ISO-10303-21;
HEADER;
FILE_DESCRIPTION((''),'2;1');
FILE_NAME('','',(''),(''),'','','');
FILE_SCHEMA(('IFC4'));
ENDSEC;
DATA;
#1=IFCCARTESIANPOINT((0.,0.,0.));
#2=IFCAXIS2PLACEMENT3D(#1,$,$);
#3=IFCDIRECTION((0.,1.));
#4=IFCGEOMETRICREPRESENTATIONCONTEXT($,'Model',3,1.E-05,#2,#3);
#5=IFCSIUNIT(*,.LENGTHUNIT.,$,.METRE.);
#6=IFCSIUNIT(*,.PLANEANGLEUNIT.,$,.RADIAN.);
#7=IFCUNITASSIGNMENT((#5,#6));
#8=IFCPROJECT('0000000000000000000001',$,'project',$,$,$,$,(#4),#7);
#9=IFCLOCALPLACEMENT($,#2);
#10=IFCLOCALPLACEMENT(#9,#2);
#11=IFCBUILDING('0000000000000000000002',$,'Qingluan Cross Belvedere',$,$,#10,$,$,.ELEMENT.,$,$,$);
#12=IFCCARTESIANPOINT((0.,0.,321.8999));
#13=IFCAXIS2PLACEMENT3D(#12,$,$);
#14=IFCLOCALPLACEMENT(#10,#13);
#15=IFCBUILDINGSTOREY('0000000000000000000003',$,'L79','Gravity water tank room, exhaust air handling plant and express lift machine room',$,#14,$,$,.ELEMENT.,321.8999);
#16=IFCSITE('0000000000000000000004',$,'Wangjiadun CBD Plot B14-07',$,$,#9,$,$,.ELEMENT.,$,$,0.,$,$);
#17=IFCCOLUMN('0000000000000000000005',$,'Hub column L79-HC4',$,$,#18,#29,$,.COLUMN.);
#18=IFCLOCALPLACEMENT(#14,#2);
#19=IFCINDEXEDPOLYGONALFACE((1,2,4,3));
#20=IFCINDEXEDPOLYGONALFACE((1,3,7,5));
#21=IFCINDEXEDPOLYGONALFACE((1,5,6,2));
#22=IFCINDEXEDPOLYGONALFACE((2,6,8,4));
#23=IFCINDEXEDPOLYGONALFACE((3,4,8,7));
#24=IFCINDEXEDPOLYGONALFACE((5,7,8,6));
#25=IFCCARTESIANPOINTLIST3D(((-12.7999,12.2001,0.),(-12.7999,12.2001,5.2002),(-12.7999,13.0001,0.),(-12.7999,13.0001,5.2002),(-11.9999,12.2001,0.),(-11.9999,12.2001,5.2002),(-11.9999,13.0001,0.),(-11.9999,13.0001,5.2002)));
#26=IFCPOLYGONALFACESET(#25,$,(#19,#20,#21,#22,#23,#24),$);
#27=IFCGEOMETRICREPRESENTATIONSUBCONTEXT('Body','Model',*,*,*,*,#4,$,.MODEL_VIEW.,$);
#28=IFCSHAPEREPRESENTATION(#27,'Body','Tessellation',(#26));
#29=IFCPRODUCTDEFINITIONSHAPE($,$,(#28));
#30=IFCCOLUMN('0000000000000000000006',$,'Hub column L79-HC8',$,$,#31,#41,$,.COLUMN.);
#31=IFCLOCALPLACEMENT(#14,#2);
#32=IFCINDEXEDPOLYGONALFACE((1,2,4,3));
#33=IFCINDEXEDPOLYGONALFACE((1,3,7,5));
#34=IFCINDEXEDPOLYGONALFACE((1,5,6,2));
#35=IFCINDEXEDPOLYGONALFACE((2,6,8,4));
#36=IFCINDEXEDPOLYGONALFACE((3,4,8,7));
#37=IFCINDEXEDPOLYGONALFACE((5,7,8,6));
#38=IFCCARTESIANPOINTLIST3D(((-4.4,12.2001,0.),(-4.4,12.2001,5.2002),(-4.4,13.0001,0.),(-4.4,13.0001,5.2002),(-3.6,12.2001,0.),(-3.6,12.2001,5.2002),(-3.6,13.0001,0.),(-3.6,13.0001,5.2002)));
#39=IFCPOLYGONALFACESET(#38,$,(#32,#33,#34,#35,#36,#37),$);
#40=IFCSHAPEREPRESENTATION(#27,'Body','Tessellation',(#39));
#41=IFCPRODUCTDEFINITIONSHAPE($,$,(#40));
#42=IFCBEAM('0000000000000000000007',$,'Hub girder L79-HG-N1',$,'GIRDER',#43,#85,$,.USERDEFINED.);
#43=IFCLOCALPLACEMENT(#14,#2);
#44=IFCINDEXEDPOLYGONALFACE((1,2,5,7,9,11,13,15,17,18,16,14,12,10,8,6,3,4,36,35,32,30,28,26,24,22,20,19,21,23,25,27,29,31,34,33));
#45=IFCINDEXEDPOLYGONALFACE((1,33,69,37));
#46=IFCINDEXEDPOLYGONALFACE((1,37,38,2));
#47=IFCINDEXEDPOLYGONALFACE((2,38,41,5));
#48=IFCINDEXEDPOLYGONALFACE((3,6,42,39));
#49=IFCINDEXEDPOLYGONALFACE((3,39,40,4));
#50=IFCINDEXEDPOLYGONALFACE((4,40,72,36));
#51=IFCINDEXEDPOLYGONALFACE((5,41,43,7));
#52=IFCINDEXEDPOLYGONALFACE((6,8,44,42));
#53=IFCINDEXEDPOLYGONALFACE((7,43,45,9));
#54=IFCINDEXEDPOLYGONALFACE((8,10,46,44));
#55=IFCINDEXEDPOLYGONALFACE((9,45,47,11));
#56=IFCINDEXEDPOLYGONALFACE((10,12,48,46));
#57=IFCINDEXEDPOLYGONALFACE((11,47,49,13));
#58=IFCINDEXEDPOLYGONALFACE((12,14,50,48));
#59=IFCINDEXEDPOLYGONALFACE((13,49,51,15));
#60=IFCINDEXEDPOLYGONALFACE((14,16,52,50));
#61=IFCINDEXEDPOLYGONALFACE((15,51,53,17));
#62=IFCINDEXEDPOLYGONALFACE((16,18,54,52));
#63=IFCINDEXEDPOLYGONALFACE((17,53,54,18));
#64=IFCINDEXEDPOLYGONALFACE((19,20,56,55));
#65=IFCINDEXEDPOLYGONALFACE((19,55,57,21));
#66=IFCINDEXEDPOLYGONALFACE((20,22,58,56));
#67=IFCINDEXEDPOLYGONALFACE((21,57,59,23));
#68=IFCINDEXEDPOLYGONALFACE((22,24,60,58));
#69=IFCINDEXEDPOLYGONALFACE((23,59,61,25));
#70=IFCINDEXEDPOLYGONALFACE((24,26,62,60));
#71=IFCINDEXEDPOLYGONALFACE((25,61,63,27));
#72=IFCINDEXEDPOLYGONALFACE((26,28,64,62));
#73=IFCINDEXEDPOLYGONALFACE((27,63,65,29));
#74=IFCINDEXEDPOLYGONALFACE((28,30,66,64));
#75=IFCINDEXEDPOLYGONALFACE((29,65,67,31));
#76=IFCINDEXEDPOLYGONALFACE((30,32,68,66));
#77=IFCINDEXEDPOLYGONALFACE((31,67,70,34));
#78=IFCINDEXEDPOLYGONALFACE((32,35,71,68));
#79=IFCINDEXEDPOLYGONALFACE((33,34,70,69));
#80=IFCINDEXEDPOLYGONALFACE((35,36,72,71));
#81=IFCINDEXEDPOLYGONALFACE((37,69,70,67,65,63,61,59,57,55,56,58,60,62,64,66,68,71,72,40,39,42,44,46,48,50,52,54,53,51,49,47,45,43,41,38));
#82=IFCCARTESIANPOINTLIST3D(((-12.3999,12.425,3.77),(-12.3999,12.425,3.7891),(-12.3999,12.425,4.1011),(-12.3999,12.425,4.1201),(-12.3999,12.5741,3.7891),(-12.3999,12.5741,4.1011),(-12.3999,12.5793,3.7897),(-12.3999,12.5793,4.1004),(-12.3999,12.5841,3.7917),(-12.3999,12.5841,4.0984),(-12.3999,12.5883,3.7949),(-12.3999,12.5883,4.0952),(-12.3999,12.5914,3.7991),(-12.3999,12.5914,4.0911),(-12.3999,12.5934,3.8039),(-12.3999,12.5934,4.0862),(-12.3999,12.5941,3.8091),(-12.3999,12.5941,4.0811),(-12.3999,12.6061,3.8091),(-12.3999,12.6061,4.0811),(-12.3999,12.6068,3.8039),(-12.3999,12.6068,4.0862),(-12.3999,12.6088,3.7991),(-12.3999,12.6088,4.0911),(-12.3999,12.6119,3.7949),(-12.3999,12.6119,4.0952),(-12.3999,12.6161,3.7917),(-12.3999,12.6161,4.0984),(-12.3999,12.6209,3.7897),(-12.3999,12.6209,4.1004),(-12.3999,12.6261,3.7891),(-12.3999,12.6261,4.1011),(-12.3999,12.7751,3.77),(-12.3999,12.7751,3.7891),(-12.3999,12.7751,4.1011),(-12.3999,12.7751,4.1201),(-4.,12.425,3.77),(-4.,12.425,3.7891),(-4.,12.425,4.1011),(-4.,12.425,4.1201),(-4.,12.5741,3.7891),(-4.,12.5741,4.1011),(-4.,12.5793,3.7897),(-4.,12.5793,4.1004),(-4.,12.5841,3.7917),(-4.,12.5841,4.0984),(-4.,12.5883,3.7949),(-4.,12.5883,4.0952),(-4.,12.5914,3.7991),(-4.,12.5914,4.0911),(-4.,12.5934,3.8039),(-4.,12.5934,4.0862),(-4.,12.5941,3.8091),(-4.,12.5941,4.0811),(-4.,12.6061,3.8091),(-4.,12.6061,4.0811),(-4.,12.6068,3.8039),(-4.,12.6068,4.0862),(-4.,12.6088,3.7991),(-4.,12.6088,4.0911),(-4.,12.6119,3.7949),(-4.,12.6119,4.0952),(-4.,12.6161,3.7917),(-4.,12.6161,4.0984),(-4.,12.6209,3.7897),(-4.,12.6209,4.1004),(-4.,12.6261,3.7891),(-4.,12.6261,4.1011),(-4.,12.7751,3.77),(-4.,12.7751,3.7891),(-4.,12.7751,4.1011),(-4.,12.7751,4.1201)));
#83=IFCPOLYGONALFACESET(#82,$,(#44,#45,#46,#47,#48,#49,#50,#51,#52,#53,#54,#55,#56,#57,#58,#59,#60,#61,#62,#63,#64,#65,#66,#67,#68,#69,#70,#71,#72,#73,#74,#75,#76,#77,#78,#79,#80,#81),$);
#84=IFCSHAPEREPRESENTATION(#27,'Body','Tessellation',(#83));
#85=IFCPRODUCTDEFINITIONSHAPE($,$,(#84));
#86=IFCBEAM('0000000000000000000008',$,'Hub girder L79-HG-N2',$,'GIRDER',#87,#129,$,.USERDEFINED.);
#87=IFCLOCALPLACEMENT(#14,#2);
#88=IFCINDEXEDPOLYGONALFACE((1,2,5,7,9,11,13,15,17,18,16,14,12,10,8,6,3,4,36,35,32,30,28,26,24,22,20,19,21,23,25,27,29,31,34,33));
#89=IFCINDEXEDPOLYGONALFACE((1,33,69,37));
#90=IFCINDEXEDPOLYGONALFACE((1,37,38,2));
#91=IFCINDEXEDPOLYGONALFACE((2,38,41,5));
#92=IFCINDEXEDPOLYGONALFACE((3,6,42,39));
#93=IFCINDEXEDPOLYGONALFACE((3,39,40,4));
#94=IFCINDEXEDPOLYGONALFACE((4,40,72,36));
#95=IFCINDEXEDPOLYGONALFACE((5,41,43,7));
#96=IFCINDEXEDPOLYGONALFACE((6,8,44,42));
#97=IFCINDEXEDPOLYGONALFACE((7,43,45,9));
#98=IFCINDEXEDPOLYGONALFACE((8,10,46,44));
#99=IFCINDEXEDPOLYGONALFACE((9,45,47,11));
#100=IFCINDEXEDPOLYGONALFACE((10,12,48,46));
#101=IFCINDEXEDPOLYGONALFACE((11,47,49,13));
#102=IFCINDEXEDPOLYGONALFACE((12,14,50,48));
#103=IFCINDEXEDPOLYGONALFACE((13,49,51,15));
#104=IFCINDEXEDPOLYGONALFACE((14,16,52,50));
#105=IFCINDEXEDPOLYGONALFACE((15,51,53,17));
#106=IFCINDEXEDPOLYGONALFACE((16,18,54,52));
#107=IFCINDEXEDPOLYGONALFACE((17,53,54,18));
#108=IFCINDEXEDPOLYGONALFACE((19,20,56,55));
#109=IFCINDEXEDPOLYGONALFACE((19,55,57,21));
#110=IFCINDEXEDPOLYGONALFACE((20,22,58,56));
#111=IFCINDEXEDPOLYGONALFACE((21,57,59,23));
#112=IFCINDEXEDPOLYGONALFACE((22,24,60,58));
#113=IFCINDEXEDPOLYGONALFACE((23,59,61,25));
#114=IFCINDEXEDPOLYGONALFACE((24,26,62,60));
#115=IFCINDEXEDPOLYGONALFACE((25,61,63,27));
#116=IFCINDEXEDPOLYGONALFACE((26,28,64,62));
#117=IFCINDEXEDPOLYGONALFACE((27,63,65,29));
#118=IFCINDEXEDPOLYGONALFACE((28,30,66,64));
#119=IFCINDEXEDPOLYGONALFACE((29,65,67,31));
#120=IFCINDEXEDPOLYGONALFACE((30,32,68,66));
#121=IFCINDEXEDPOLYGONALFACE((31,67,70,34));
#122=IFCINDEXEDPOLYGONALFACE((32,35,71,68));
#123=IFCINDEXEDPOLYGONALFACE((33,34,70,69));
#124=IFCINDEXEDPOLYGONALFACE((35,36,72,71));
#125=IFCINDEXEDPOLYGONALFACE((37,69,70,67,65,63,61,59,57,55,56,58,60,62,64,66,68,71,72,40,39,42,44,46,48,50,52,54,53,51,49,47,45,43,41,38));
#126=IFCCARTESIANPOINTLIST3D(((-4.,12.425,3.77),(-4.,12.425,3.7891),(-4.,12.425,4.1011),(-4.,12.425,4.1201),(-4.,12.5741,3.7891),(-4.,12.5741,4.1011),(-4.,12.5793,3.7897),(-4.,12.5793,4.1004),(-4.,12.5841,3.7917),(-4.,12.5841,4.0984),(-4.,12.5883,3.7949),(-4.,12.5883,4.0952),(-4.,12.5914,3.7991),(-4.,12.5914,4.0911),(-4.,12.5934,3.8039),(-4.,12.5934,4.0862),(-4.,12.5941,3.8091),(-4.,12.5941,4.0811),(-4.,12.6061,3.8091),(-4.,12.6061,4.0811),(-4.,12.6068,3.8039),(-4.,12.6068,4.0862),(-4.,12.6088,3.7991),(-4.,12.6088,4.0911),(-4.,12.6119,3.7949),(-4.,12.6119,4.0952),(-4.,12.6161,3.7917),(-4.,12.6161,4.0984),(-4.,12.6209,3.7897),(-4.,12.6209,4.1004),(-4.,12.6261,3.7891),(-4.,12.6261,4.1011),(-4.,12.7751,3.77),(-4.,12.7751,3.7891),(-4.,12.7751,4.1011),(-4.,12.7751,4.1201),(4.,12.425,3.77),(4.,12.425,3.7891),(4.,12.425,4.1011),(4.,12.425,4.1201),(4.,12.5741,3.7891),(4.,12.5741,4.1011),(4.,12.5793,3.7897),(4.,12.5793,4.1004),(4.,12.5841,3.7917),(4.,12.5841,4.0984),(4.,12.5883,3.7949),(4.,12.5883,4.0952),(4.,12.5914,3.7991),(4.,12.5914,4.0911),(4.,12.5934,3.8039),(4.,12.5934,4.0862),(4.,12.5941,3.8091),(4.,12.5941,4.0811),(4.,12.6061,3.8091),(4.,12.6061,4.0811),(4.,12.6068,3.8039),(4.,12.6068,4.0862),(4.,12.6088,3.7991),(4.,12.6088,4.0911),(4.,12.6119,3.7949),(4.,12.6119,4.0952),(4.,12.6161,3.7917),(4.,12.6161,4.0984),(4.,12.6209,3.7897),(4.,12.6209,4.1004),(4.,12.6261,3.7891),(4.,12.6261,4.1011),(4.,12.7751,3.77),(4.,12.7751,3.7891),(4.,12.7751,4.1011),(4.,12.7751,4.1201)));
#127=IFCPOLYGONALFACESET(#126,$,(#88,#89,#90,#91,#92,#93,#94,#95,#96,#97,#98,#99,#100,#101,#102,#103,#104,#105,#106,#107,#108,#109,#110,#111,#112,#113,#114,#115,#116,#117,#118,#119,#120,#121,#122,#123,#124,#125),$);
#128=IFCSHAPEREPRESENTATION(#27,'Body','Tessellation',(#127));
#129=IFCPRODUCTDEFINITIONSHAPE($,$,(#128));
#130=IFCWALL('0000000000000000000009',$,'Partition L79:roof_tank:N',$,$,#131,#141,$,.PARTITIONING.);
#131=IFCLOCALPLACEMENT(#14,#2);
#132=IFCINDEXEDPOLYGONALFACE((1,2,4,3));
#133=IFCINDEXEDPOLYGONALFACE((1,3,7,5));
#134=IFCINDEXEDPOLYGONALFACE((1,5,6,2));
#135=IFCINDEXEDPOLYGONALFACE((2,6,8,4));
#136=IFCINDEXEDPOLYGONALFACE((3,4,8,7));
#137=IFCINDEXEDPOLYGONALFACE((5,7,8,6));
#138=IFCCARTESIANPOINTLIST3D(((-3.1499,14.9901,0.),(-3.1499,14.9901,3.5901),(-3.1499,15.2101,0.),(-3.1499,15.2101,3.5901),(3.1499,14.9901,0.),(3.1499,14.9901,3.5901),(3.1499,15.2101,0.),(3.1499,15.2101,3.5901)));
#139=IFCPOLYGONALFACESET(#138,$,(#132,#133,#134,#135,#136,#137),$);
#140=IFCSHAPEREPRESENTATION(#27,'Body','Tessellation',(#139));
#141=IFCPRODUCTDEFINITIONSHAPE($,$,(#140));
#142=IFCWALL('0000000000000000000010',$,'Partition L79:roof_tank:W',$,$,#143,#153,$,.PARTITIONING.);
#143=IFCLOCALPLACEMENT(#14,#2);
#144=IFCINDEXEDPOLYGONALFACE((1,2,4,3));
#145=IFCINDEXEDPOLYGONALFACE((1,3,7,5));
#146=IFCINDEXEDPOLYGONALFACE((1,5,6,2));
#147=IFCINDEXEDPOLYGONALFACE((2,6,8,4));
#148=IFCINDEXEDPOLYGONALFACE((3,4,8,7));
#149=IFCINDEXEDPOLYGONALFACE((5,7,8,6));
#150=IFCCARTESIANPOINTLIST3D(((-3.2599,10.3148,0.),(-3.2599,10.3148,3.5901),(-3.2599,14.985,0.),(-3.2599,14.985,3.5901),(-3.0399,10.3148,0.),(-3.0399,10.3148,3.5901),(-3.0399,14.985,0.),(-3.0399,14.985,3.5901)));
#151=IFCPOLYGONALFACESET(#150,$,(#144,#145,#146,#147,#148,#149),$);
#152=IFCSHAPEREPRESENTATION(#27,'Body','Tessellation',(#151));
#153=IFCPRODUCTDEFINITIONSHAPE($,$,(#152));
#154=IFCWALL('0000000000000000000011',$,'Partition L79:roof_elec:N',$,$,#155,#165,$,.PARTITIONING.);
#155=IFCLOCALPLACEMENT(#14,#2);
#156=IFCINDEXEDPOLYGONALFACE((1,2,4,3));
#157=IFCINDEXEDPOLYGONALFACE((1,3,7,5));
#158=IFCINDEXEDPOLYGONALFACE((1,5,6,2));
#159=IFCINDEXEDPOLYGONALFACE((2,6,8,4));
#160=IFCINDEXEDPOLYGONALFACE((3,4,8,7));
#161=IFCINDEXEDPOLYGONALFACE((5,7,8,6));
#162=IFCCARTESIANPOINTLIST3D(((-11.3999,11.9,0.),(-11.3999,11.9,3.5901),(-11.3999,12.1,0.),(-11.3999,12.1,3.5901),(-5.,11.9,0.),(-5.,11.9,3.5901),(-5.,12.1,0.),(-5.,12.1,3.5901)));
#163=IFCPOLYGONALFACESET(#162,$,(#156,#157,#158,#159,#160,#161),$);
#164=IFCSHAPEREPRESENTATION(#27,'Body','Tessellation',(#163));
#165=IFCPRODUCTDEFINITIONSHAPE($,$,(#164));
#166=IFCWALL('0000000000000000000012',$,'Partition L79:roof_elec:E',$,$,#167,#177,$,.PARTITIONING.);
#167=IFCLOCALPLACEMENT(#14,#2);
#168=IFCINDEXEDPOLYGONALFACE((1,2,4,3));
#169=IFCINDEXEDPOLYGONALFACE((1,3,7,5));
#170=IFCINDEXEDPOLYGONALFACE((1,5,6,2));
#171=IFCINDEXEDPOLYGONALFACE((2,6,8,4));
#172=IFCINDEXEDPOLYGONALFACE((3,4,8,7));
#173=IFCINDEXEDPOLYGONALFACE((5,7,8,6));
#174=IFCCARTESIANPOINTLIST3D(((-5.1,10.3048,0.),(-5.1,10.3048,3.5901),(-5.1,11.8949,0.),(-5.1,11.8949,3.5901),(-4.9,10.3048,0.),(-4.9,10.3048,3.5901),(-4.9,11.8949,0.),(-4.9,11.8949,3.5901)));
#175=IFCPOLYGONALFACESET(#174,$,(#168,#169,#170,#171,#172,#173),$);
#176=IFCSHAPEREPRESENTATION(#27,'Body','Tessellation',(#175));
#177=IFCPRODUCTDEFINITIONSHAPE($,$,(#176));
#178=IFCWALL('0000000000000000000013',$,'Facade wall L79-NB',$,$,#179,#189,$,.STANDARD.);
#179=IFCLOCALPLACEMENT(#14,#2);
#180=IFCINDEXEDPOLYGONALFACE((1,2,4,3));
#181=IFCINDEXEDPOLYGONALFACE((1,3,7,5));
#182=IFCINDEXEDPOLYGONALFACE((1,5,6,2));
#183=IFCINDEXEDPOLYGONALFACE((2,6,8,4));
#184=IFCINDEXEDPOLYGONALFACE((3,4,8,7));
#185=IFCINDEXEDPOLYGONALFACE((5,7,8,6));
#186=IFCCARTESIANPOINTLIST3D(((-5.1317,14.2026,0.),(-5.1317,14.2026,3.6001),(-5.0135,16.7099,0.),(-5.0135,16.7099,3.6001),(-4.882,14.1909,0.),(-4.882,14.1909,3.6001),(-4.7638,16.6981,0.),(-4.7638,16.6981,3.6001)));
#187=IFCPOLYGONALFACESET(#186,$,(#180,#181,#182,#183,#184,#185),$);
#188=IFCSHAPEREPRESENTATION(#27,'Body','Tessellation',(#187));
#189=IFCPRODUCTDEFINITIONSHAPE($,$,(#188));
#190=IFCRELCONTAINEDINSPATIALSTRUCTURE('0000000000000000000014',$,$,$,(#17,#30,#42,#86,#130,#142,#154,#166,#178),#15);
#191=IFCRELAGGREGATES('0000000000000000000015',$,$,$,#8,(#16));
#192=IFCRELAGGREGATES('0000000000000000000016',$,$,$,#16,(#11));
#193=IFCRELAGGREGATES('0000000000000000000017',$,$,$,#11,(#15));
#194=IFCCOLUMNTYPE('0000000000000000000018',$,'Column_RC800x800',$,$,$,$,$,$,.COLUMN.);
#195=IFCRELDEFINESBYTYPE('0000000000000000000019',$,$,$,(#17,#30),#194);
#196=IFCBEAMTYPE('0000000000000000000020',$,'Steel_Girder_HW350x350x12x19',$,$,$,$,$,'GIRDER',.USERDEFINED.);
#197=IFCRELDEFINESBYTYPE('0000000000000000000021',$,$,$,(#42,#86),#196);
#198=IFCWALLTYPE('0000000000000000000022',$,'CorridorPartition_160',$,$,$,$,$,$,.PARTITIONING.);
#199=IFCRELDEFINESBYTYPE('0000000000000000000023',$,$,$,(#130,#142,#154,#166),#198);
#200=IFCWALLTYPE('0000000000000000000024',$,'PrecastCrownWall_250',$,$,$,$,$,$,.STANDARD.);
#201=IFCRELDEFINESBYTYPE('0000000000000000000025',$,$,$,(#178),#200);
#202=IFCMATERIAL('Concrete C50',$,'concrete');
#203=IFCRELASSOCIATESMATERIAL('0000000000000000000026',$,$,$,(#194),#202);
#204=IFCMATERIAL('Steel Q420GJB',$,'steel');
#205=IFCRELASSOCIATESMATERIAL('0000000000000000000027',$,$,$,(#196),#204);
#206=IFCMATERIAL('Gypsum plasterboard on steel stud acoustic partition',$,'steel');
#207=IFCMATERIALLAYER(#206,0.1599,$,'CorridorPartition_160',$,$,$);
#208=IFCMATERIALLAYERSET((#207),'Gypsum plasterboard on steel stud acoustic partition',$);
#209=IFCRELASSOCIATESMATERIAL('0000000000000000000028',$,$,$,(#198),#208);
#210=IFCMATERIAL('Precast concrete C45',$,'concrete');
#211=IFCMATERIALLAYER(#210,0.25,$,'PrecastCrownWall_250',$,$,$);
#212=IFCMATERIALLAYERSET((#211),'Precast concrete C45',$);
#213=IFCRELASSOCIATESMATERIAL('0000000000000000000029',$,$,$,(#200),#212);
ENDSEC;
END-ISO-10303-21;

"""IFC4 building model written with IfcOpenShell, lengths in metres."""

from ifc_helpers import new_model, si_unit, direction, frame, frame_2d, origin, origin_2d, place, context, subcontext, project, spatial, rectangle, i_section, extrude, material, layer, layer_set, material_profile, profile_set, type_object, element, save


model = new_model("IFC4")

# Units and contexts
model_context = context("Model", 3, precision=1e-05, world=origin(), true_north=direction((0.0, 1.0)))
body_context = subcontext(model_context, "Body", "Model", "MODEL_VIEW")
ifc_project = project(units=[si_unit("LENGTHUNIT", "METRE"), si_unit("PLANEANGLEUNIT", "RADIAN")], contexts=[model_context])

# Site, building, storey
site_placement = place(None, origin())
site = spatial("IfcSite", under=ifc_project, at=site_placement, Name="Wangjiadun CBD Plot B14-07", CompositionType="ELEMENT", RefElevation=0.0)
building_placement = place(site_placement, origin())
building = spatial("IfcBuilding", under=site, at=building_placement, Name="Qingluan Cross Belvedere", CompositionType="ELEMENT")
storey_placement = place(building_placement, frame((0.0, 0.0, 321.8999)))
storey = spatial("IfcBuildingStorey", under=building, at=storey_placement, Name="L79", Description="Gravity water tank room, exhaust air handling plant and express lift machine room", CompositionType="ELEMENT", Elevation=321.8999)

# Columns
ifc_material_1 = material(Name="Concrete C50", Category="concrete")
ifc_material_profile_1 = material_profile(ifc_material_1, rectangle(XDim=0.8, YDim=0.8, at=origin_2d()), Name="RC800x800")
ifc_profile_set_1 = profile_set([ifc_material_profile_1], Name="Concrete C50")
column_type = type_object("IfcColumnType", Name="Column_RC800x800", PredefinedType="COLUMN", material=ifc_profile_set_1)
for number, where, z_axis, x_axis, name in (
    (1, (-12.3999, 12.6001, 0.0), (0.0, 0.0, 1.0), (1.0, 0.0, 0.0), "Hub column L79-HC4"),
    (2, (-4.0, 12.6001, 0.0), (0.0, 0.0, 1.0), (1.0, 0.0, 0.0), "Hub column L79-HC8"),
):
    element("IfcColumn", number, at=place(storey_placement, frame(where, z_axis=z_axis, x_axis=x_axis)), inside=storey, type_object=column_type, Name=name, PredefinedType="COLUMN", context=body_context, shape_type="SweptSolid", body=[
        extrude(rectangle(XDim=0.8, YDim=0.8, at=origin_2d()), origin(), (0.0, 0.0, 1.0), 5.2002),
    ])

# Beams
ifc_material_2 = material(Name="Steel Q420GJB", Category="steel")
ifc_material_profile_2 = material_profile(ifc_material_2, i_section(OverallWidth=0.3501, OverallDepth=0.3501, WebThickness=0.012, FlangeThickness=0.019, FilletRadius=0.02, at=origin_2d()), Name="HW350x350x12x19")
ifc_profile_set_2 = profile_set([ifc_material_profile_2], Name="Steel Q420GJB")
beam_type = type_object("IfcBeamType", Name="Steel_Girder_HW350x350x12x19", ElementType="GIRDER", PredefinedType="USERDEFINED", material=ifc_profile_set_2)
beam_1_placement = place(storey_placement, frame((-12.3999, 12.6001, 3.9451), z_axis=(1.0, 0.0, 0.0), x_axis=(0.0, 1.0, 0.0)))
element("IfcBeam", 3, at=beam_1_placement, inside=storey, type_object=beam_type, Name="Hub girder L79-HG-N1", ObjectType="GIRDER", PredefinedType="USERDEFINED", context=body_context, shape_type="SweptSolid", body=[
    extrude(i_section(OverallWidth=0.3501, OverallDepth=0.3501, WebThickness=0.012, FlangeThickness=0.019, FilletRadius=0.02, at=origin_2d()), origin(), (0.0, 0.0, 1.0), 8.3999),
])
beam_2_placement = place(storey_placement, frame((-4.0, 12.6001, 3.9451), z_axis=(1.0, 0.0, 0.0), x_axis=(0.0, 1.0, 0.0)))
element("IfcBeam", 4, at=beam_2_placement, inside=storey, type_object=beam_type, Name="Hub girder L79-HG-N2", ObjectType="GIRDER", PredefinedType="USERDEFINED", context=body_context, shape_type="SweptSolid", body=[
    extrude(i_section(OverallWidth=0.3501, OverallDepth=0.3501, WebThickness=0.012, FlangeThickness=0.019, FilletRadius=0.02, at=origin_2d()), origin(), (0.0, 0.0, 1.0), 8.0),
])

# Walls
ifc_material_3 = material(Name="Gypsum plasterboard on steel stud acoustic partition", Category="steel")
ifc_layer_1 = layer(ifc_material_3, 0.1599, Name="CorridorPartition_160")
ifc_layer_set_1 = layer_set([ifc_layer_1], Name="Gypsum plasterboard on steel stud acoustic partition")
wall_type_1 = type_object("IfcWallType", Name="CorridorPartition_160", PredefinedType="PARTITIONING", material=ifc_layer_set_1)
wall_1_placement = place(storey_placement, frame((-3.1499, 15.1001, 0.0), z_axis=(0.0, 0.0, 1.0), x_axis=(1.0, 0.0, 0.0)))
element("IfcWall", 5, at=wall_1_placement, inside=storey, type_object=wall_type_1, Name="Partition L79:roof_tank:N", PredefinedType="PARTITIONING", context=body_context, shape_type="SweptSolid", body=[
    extrude(rectangle(XDim=6.2998, YDim=0.22, at=frame_2d((3.1499, 0.0))), origin(), (0.0, 0.0, 1.0), 3.5901),
])
wall_2_placement = place(storey_placement, frame((-3.1499, 10.3149, 0.0), z_axis=(0.0, 0.0, 1.0), x_axis=(0.0, 1.0, 0.0)))
element("IfcWall", 6, at=wall_2_placement, inside=storey, type_object=wall_type_1, Name="Partition L79:roof_tank:W", PredefinedType="PARTITIONING", context=body_context, shape_type="SweptSolid", body=[
    extrude(rectangle(XDim=4.6702, YDim=0.22, at=frame_2d((2.335, 0.0))), origin(), (0.0, 0.0, 1.0), 3.5901),
])
wall_3_placement = place(storey_placement, frame((-11.3999, 12.0, 0.0), z_axis=(0.0, 0.0, 1.0), x_axis=(1.0, 0.0, 0.0)))
element("IfcWall", 7, at=wall_3_placement, inside=storey, type_object=wall_type_1, Name="Partition L79:roof_elec:N", PredefinedType="PARTITIONING", context=body_context, shape_type="SweptSolid", body=[
    extrude(rectangle(XDim=6.3999, YDim=0.2, at=frame_2d((3.2, 0.0))), origin(), (0.0, 0.0, 1.0), 3.5901),
])
wall_4_placement = place(storey_placement, frame((-5.0, 10.3049, 0.0), z_axis=(0.0, 0.0, 1.0), x_axis=(0.0, 1.0, 0.0)))
element("IfcWall", 8, at=wall_4_placement, inside=storey, type_object=wall_type_1, Name="Partition L79:roof_elec:E", PredefinedType="PARTITIONING", context=body_context, shape_type="SweptSolid", body=[
    extrude(rectangle(XDim=1.5901, YDim=0.2, at=frame_2d((0.7949, 0.0))), origin(), (0.0, 0.0, 1.0), 3.5901),
])
ifc_material_4 = material(Name="Precast concrete C45", Category="concrete")
ifc_layer_2 = layer(ifc_material_4, 0.25, Name="PrecastCrownWall_250")
ifc_layer_set_2 = layer_set([ifc_layer_2], Name="Precast concrete C45")
wall_type_2 = type_object("IfcWallType", Name="PrecastCrownWall_250", PredefinedType="STANDARD", material=ifc_layer_set_2)
wall_5_placement = place(storey_placement, frame((-4.8887, 16.7039, 0.0), z_axis=(0.0, 0.0, 1.0), x_axis=(-0.047075, -0.998891, 0.0)))
element("IfcWall", 9, at=wall_5_placement, inside=storey, type_object=wall_type_2, Name="Facade wall L79-NB", PredefinedType="STANDARD", context=body_context, shape_type="SweptSolid", body=[
    extrude(rectangle(XDim=2.51, YDim=0.25, at=frame_2d((1.2549, 0.0))), origin(), (0.0, 0.0, 1.0), 3.6001),
])

save(model, "model.ifc")
